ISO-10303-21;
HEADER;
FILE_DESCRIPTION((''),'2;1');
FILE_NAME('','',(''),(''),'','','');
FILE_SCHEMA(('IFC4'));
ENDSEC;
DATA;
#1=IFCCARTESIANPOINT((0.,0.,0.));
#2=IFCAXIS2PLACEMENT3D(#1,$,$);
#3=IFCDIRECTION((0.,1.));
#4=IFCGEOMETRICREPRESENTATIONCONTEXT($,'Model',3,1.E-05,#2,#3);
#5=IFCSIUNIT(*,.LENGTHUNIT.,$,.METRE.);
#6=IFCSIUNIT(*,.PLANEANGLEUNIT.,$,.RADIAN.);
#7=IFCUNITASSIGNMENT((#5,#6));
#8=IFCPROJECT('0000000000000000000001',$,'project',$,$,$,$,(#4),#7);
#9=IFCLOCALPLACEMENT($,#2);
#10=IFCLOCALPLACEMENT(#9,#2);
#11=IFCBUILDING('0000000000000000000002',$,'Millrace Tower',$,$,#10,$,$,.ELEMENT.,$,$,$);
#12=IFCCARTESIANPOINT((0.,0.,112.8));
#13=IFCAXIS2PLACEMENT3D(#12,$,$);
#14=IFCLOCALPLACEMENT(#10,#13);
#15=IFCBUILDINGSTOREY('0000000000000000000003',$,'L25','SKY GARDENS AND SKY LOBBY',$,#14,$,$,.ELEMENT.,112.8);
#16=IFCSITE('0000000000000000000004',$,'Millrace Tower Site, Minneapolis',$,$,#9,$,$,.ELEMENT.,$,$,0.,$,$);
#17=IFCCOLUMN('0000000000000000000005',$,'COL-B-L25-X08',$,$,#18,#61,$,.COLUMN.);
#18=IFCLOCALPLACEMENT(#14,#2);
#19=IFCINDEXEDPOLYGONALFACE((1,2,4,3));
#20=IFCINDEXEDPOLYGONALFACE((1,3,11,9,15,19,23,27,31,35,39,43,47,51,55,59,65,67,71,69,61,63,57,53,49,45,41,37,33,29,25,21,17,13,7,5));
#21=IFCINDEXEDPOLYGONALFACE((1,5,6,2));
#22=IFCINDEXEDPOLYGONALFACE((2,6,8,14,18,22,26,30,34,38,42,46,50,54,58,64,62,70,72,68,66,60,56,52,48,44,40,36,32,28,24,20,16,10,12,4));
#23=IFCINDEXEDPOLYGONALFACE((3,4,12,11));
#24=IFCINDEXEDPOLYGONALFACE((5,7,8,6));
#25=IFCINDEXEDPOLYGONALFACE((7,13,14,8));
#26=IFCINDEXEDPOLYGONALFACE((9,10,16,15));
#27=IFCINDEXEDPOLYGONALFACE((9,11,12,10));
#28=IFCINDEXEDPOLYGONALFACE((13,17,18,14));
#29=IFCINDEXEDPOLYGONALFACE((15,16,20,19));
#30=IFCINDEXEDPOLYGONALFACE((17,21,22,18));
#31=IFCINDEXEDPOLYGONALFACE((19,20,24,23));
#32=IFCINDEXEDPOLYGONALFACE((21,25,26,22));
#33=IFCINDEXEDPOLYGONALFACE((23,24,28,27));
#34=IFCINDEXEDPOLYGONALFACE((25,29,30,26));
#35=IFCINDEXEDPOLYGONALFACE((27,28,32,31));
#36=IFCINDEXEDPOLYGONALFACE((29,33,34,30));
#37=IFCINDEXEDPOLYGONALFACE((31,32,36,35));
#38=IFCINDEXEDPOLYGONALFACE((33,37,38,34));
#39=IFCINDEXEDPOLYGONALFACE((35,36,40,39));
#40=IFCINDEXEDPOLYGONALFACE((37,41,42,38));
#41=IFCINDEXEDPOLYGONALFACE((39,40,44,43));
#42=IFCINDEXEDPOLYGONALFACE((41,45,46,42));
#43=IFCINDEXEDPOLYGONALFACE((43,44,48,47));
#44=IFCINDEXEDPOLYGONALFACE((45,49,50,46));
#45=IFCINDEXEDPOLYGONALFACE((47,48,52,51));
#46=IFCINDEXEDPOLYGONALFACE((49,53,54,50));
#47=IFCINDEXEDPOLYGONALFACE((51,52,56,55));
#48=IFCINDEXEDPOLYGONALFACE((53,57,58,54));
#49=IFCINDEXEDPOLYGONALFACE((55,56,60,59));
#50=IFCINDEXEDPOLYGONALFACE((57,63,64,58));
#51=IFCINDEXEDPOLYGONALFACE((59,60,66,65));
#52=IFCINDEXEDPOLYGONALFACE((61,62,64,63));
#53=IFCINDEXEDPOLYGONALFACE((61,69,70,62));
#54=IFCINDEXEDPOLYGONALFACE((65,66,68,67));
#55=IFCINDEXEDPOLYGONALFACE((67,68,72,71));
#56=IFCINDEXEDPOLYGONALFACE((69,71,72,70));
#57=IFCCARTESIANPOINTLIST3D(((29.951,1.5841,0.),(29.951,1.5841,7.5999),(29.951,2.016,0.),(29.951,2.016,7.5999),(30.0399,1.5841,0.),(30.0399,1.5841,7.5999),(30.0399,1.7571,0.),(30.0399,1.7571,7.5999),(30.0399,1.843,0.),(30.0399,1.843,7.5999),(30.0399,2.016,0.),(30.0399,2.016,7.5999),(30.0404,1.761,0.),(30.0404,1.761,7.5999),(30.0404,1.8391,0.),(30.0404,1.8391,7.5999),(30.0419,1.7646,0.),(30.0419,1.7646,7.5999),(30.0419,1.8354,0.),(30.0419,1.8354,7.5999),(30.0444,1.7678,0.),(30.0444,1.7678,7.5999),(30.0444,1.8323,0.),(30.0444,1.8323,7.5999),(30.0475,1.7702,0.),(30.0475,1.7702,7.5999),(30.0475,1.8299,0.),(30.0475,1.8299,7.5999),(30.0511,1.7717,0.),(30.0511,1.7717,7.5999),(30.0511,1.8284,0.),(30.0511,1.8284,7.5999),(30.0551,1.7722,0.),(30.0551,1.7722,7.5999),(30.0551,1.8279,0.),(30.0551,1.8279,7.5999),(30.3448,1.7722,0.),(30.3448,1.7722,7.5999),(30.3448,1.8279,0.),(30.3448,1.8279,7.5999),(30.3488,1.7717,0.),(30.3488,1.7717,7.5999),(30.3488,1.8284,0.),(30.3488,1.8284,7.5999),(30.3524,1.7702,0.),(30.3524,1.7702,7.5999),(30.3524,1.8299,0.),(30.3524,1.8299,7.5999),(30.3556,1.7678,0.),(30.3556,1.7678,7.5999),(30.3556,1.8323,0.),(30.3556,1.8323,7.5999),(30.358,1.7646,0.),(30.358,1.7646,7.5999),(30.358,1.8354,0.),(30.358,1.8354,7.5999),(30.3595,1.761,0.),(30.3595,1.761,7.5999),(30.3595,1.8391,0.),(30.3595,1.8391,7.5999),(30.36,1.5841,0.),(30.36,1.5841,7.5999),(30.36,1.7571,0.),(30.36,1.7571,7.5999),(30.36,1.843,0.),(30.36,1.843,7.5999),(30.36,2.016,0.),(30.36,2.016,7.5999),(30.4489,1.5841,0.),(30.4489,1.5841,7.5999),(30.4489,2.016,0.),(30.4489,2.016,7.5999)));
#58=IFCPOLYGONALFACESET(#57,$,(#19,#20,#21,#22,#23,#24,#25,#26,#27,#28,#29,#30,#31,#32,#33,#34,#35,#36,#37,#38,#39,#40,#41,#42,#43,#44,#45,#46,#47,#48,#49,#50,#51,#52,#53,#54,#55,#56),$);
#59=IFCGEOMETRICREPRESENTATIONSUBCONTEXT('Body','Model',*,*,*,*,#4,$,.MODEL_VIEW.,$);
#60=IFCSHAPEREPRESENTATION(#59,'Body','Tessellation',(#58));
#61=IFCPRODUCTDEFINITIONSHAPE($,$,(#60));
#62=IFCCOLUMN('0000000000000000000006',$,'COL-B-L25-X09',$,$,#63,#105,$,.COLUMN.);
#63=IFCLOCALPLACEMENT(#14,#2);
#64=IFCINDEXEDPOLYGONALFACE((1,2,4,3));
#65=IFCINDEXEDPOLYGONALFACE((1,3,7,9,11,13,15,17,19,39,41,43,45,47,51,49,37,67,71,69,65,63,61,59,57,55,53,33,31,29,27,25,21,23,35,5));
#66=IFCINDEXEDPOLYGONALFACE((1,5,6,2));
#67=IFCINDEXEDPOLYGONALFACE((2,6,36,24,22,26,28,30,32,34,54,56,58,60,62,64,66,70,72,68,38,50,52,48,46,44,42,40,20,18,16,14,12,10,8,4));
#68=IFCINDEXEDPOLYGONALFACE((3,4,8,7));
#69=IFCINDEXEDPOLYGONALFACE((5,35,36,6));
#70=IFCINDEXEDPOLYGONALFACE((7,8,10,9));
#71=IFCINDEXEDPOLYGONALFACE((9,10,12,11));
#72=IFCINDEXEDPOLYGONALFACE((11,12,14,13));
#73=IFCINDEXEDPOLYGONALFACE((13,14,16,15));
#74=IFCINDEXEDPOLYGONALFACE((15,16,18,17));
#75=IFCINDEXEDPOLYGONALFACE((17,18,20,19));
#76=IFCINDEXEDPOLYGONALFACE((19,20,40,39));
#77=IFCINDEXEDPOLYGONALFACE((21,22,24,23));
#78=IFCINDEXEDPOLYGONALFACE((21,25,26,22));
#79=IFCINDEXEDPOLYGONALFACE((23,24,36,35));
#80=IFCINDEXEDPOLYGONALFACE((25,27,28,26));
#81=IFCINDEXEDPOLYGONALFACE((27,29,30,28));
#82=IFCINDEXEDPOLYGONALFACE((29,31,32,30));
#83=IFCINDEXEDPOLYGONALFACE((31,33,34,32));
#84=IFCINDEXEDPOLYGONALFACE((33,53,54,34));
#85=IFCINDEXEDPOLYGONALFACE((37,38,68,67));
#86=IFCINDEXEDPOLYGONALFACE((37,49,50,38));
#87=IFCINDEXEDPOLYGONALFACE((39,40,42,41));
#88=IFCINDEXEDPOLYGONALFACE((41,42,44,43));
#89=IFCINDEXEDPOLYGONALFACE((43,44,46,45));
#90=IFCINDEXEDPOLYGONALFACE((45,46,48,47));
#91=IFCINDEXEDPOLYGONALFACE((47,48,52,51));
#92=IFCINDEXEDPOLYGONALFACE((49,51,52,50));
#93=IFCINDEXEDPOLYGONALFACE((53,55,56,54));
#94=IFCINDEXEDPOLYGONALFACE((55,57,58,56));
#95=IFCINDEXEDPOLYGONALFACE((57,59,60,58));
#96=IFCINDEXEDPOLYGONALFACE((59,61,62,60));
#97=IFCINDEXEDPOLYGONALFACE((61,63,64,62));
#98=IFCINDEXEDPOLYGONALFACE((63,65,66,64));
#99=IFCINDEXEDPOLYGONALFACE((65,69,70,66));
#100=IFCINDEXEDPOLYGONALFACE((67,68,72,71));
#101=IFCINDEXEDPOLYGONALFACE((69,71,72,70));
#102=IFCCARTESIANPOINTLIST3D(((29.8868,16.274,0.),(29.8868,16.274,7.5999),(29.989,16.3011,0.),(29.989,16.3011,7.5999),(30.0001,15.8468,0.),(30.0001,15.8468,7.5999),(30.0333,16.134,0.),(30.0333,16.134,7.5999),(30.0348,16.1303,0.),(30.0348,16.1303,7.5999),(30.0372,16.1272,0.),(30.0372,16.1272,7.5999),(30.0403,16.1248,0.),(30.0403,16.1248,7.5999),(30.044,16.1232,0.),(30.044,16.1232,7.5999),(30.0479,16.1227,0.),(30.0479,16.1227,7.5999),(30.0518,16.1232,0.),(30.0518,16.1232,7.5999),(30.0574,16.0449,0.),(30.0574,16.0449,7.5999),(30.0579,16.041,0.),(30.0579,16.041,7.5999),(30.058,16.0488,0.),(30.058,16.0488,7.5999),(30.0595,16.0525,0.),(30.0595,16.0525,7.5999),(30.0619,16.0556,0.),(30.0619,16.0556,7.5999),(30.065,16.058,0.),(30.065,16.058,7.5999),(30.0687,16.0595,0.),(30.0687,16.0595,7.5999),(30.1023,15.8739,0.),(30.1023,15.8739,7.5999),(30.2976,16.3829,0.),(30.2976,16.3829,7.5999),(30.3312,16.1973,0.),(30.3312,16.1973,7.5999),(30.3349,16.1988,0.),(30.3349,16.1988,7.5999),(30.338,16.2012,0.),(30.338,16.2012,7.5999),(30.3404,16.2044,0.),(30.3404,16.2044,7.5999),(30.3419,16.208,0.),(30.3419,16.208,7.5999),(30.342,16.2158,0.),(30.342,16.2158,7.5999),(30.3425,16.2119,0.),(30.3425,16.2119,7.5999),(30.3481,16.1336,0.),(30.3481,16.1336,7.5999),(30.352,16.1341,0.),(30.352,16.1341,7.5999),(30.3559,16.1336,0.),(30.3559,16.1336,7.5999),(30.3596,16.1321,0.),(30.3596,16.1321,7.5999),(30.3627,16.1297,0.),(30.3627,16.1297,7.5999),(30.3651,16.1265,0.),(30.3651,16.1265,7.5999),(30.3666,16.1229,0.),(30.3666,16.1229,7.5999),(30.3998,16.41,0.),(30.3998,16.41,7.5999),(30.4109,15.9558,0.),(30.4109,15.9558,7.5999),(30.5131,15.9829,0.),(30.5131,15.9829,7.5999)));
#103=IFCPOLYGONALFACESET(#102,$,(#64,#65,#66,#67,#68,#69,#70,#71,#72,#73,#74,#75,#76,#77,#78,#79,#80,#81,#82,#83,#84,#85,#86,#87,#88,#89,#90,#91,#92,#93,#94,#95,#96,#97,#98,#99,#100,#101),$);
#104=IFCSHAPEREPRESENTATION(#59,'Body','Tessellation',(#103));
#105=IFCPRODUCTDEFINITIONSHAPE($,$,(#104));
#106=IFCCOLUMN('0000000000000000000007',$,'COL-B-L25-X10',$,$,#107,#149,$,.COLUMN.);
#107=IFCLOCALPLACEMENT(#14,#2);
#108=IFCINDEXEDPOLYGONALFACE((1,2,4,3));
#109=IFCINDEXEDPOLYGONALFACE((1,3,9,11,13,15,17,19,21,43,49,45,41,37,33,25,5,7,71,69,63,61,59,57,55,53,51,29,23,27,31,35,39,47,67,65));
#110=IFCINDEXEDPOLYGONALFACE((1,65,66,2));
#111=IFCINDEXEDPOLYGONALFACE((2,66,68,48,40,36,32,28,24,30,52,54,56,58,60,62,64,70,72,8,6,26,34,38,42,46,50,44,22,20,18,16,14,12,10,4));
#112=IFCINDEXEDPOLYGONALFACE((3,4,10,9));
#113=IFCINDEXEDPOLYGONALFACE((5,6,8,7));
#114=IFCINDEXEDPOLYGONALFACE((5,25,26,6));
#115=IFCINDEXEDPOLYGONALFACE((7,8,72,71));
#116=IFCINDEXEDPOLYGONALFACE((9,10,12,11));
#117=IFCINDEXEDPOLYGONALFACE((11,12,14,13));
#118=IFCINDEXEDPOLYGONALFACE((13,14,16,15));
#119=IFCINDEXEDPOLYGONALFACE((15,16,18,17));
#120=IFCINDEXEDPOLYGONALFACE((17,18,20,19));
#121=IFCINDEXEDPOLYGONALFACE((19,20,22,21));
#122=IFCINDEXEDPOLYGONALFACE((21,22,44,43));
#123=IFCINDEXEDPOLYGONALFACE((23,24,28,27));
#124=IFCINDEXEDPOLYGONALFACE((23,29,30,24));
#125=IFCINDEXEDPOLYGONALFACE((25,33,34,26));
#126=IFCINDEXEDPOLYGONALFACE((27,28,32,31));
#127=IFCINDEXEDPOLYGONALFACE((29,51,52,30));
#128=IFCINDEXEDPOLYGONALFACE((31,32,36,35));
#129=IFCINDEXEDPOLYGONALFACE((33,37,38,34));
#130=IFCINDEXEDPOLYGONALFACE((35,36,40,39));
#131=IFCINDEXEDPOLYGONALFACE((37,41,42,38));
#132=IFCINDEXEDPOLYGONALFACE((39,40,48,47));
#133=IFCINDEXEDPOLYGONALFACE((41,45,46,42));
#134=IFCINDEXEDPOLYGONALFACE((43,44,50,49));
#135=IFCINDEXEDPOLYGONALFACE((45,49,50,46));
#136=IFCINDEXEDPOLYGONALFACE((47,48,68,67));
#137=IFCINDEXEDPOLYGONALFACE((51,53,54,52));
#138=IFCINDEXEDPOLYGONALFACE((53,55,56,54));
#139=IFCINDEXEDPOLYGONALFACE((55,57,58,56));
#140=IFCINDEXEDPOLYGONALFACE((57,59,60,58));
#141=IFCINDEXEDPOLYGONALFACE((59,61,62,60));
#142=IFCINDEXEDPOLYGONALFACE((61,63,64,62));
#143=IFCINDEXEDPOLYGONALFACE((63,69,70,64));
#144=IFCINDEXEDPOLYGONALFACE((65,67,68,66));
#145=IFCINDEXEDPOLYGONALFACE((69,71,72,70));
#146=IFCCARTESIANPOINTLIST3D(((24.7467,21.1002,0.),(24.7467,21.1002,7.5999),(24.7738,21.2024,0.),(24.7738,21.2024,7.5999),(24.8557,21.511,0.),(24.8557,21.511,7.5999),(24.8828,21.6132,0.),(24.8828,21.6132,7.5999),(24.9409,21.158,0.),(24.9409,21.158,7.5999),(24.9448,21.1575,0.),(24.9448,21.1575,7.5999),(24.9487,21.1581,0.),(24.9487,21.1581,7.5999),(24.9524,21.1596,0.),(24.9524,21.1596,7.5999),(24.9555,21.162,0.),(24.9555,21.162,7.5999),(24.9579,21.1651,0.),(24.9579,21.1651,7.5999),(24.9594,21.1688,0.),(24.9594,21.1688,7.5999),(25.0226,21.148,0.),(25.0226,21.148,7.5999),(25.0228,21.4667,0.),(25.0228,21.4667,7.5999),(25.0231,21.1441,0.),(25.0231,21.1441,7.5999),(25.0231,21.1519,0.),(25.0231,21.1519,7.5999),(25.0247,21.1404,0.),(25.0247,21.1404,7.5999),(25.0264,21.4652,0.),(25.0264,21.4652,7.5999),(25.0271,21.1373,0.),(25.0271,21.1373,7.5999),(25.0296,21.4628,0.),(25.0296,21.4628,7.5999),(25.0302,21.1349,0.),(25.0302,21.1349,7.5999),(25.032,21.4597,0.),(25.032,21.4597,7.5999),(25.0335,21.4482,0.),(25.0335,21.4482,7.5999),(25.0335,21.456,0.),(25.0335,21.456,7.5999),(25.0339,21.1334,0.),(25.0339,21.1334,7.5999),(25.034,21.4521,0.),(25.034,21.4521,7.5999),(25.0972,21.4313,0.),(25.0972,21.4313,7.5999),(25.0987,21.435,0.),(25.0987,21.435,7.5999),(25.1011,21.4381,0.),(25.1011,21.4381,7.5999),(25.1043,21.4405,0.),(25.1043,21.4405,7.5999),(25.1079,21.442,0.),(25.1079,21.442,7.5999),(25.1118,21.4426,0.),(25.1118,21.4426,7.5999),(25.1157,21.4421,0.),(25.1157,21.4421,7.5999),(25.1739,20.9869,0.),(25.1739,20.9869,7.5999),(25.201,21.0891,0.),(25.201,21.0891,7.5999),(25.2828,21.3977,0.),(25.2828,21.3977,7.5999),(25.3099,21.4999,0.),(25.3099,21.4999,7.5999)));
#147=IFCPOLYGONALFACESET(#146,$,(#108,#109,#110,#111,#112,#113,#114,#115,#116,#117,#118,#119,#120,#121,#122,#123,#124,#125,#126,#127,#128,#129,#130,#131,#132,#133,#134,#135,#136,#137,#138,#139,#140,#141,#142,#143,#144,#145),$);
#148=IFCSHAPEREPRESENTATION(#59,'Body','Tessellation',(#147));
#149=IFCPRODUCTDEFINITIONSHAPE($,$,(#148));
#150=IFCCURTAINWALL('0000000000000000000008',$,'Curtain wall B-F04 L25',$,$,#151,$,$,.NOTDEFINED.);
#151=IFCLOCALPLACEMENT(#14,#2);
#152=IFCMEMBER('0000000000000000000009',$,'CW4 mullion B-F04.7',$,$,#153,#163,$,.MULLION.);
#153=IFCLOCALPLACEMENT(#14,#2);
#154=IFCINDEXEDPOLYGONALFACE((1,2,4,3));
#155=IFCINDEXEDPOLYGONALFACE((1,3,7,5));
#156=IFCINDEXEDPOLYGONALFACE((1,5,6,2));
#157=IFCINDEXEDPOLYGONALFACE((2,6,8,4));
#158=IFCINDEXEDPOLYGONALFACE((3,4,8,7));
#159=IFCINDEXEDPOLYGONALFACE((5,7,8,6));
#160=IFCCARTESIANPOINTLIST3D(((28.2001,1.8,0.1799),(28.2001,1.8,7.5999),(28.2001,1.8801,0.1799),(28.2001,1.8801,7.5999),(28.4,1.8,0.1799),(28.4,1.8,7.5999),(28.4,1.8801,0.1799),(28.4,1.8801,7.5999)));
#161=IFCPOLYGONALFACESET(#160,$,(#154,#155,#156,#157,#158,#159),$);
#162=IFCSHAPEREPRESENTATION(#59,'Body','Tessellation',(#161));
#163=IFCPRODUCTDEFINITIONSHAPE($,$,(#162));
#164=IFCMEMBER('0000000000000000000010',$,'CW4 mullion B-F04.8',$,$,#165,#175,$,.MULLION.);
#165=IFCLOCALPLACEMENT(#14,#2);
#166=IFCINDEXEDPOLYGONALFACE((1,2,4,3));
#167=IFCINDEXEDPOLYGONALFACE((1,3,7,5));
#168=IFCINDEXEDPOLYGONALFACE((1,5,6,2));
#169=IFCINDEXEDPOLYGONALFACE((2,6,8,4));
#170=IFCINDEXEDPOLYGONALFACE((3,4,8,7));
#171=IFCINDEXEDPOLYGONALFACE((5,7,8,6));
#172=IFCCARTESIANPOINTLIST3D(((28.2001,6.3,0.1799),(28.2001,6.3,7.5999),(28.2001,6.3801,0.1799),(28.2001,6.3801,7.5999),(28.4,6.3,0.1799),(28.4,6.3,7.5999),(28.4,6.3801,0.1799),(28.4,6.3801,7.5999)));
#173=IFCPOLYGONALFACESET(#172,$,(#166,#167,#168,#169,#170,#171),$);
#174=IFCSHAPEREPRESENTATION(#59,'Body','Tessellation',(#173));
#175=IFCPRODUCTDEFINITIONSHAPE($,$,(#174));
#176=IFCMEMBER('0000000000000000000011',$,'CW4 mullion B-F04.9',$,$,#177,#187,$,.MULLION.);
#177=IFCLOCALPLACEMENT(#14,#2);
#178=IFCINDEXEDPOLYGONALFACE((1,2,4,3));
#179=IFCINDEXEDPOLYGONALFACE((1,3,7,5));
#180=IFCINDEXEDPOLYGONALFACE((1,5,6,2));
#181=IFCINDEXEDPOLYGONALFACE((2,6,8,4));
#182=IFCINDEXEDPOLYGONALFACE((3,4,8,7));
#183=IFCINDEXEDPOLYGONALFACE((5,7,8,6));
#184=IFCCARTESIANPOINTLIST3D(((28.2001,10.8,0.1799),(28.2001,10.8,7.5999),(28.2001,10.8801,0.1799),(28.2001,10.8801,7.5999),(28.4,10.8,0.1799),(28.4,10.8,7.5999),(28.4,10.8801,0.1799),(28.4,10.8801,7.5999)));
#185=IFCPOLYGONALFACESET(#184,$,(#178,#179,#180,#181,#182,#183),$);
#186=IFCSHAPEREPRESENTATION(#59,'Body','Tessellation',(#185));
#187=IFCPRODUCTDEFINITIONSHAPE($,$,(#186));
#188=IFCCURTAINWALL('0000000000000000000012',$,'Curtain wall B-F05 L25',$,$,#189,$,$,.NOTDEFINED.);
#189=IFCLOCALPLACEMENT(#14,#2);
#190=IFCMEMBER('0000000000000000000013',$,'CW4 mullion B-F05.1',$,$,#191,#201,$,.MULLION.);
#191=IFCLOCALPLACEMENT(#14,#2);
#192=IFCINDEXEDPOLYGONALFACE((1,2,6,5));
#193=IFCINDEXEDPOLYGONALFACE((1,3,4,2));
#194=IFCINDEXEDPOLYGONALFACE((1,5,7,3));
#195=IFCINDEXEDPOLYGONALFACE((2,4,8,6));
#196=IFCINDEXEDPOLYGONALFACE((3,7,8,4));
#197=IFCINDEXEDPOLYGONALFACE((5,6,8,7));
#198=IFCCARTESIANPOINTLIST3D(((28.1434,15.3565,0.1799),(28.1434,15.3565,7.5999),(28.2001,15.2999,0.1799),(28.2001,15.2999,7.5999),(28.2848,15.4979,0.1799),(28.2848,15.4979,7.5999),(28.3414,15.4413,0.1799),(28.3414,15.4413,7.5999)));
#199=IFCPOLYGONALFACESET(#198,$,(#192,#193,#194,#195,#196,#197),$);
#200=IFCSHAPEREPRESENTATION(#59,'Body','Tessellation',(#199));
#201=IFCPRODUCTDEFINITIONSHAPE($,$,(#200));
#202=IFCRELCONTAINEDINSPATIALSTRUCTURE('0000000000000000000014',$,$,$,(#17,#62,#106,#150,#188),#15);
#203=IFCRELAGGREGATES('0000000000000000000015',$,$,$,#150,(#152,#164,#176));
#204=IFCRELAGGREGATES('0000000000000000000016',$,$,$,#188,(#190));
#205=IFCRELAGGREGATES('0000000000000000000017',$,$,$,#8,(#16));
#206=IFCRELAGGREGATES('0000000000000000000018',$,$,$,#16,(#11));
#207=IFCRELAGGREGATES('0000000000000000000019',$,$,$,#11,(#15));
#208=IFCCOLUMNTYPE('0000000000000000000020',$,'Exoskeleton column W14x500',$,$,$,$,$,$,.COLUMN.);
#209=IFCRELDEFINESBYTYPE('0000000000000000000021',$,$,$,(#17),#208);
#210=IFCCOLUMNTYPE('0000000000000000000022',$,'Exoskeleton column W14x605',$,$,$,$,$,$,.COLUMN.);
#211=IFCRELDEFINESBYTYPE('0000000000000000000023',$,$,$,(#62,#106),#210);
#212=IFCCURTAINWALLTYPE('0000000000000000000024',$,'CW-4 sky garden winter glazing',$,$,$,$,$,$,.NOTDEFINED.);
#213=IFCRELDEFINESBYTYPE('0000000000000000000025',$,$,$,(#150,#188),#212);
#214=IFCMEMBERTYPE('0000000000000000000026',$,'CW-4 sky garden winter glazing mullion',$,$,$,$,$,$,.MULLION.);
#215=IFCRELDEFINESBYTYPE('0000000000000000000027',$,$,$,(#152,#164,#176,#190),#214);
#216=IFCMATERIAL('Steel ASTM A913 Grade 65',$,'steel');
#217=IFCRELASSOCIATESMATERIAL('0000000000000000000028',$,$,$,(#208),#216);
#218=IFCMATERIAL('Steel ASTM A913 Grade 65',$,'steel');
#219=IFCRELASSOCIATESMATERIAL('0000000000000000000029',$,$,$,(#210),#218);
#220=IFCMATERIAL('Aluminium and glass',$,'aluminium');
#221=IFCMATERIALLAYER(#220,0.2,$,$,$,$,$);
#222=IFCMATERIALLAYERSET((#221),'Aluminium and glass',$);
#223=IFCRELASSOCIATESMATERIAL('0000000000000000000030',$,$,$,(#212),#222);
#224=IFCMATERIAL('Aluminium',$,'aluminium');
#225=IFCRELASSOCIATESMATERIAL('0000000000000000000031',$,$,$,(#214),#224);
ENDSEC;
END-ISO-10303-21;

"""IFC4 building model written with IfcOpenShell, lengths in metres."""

from ifc_helpers import new_model, si_unit, direction, frame, origin, origin_2d, place, context, subcontext, project, spatial, rectangle, i_section, extrude, material, layer, layer_set, material_profile, profile_set, type_object, element, aggregate, save


model = new_model("IFC4")

# Units and contexts
model_context = context("Model", 3, precision=1e-05, world=origin(), true_north=direction((0.0, 1.0)))
body_context = subcontext(model_context, "Body", "Model", "MODEL_VIEW")
ifc_project = project(units=[si_unit("LENGTHUNIT", "METRE"), si_unit("PLANEANGLEUNIT", "RADIAN")], contexts=[model_context])

# Site, building, storey
site_placement = place(None, origin())
site = spatial("IfcSite", under=ifc_project, at=site_placement, Name="Millrace Tower Site, Minneapolis", CompositionType="ELEMENT", RefElevation=0.0)
building_placement = place(site_placement, origin())
building = spatial("IfcBuilding", under=site, at=building_placement, Name="Millrace Tower", CompositionType="ELEMENT")
storey_placement = place(building_placement, frame((0.0, 0.0, 112.8)))
storey = spatial("IfcBuildingStorey", under=building, at=storey_placement, Name="L25", Description="SKY GARDENS AND SKY LOBBY", CompositionType="ELEMENT", Elevation=112.8)

# Columns
ifc_material_1 = material(Name="Steel ASTM A913 Grade 65", Category="steel")
ifc_material_profile_1 = material_profile(ifc_material_1, i_section(OverallWidth=0.4319, OverallDepth=0.4978, WebThickness=0.0557, FlangeThickness=0.0889, FilletRadius=0.0151, at=origin_2d()))
ifc_profile_set_1 = profile_set([ifc_material_profile_1], Name="Steel ASTM A913 Grade 65")
column_type_1 = type_object("IfcColumnType", Name="Exoskeleton column W14x500", PredefinedType="COLUMN", material=ifc_profile_set_1)
column_placement = place(storey_placement, frame((30.2, 1.8, 0.0), z_axis=(0.0, 0.0, 1.0), x_axis=(0.0, 1.0, 0.0)))
element("IfcColumn", 1, at=column_placement, inside=storey, type_object=column_type_1, Name="COL-B-L25-X08", PredefinedType="COLUMN", context=body_context, shape_type="SweptSolid", body=[
    extrude(i_section(OverallWidth=0.4319, OverallDepth=0.4978, WebThickness=0.0557, FlangeThickness=0.0889, FilletRadius=0.0151, at=origin_2d()), origin(), (0.0, 0.0, 1.0), 7.5999),
])
ifc_material_2 = material(Name="Steel ASTM A913 Grade 65", Category="steel")
ifc_material_profile_2 = material_profile(ifc_material_2, i_section(OverallWidth=0.4419, OverallDepth=0.5308, WebThickness=0.0659, FlangeThickness=0.1057, FilletRadius=0.0151, at=origin_2d()))
ifc_profile_set_2 = profile_set([ifc_material_profile_2], Name="Steel ASTM A913 Grade 65")
column_type_2 = type_object("IfcColumnType", Name="Exoskeleton column W14x605", PredefinedType="COLUMN", material=ifc_profile_set_2)
for number, where, z_axis, x_axis, name in (
    (2, (30.2, 16.1284, 0.0), (0.0, 0.0, 1.0), (-0.256347, 0.966585, 0.0), "COL-B-L25-X09"),
    (3, (25.0283, 21.3, 0.0), (0.0, 0.0, 1.0), (-0.966585, 0.256347, 0.0), "COL-B-L25-X10"),
):
    element("IfcColumn", number, at=place(storey_placement, frame(where, z_axis=z_axis, x_axis=x_axis)), inside=storey, type_object=column_type_2, Name=name, PredefinedType="COLUMN", context=body_context, shape_type="SweptSolid", body=[
        extrude(i_section(OverallWidth=0.4419, OverallDepth=0.5308, WebThickness=0.0659, FlangeThickness=0.1057, FilletRadius=0.0151, at=origin_2d()), origin(), (0.0, 0.0, 1.0), 7.5999),
    ])

# Curtain wall, members
ifc_material_3 = material(Name="Aluminium and glass", Category="aluminium")
ifc_layer_1 = layer(ifc_material_3, 0.2)
ifc_layer_set_1 = layer_set([ifc_layer_1], Name="Aluminium and glass")
curtain_wall_type = type_object("IfcCurtainWallType", Name="CW-4 sky garden winter glazing", PredefinedType="NOTDEFINED", material=ifc_layer_set_1)
placement = place(storey_placement, origin())
curtain_wall_1 = element("IfcCurtainWall", 4, at=placement, inside=storey, type_object=curtain_wall_type, Name="Curtain wall B-F04 L25", PredefinedType="NOTDEFINED")
ifc_material_4 = material(Name="Aluminium", Category="aluminium")
ifc_material_profile_3 = material_profile(ifc_material_4, rectangle(XDim=0.0801, YDim=0.2, at=origin_2d()))
ifc_profile_set_3 = profile_set([ifc_material_profile_3], Name="Aluminium")
member_type_1 = type_object("IfcMemberType", Name="CW-4 sky garden winter glazing mullion", PredefinedType="MULLION", material=ifc_profile_set_3)
member_1_placement = place(storey_placement, frame((28.3, 1.8401, 0.1799), z_axis=(0.0, 0.0, 1.0), x_axis=(0.0, 1.0, 0.0)))
member_1 = element("IfcMember", 5, at=member_1_placement, type_object=member_type_1, Name="CW4 mullion B-F04.7", PredefinedType="MULLION", context=body_context, shape_type="SweptSolid", body=[
    extrude(rectangle(XDim=0.0801, YDim=0.2, at=origin_2d()), origin(), (0.0, 0.0, 1.0), 7.4199),
])
member_2_placement = place(storey_placement, frame((28.3, 6.3401, 0.1799), z_axis=(0.0, 0.0, 1.0), x_axis=(0.0, 1.0, 0.0)))
member_2 = element("IfcMember", 6, at=member_2_placement, type_object=member_type_1, Name="CW4 mullion B-F04.8", PredefinedType="MULLION", context=body_context, shape_type="SweptSolid", body=[
    extrude(rectangle(XDim=0.0801, YDim=0.2, at=origin_2d()), origin(), (0.0, 0.0, 1.0), 7.4199),
])
member_3_placement = place(storey_placement, frame((28.3, 10.8401, 0.1799), z_axis=(0.0, 0.0, 1.0), x_axis=(0.0, 1.0, 0.0)))
member_3 = element("IfcMember", 7, at=member_3_placement, type_object=member_type_1, Name="CW4 mullion B-F04.9", PredefinedType="MULLION", context=body_context, shape_type="SweptSolid", body=[
    extrude(rectangle(XDim=0.0801, YDim=0.2, at=origin_2d()), origin(), (0.0, 0.0, 1.0), 7.4199),
])
aggregate(curtain_wall_1, [member_1, member_2, member_3])

# Curtain wall, member
curtain_wall_2 = element("IfcCurtainWall", 8, at=placement, inside=storey, type_object=curtain_wall_type, Name="Curtain wall B-F05 L25", PredefinedType="NOTDEFINED")
member_4_placement = place(storey_placement, frame((28.2424, 15.3989, 0.1799), z_axis=(0.0, 0.0, 1.0), x_axis=(-0.707107, 0.707107, 0.0)))
member_4 = element("IfcMember", 9, at=member_4_placement, type_object=member_type_1, Name="CW4 mullion B-F05.1", PredefinedType="MULLION", context=body_context, shape_type="SweptSolid", body=[
    extrude(rectangle(XDim=0.0801, YDim=0.2, at=origin_2d()), origin(), (0.0, 0.0, 1.0), 7.4199),
])

aggregate(curtain_wall_2, [member_4])

save(model, "model.ifc")
